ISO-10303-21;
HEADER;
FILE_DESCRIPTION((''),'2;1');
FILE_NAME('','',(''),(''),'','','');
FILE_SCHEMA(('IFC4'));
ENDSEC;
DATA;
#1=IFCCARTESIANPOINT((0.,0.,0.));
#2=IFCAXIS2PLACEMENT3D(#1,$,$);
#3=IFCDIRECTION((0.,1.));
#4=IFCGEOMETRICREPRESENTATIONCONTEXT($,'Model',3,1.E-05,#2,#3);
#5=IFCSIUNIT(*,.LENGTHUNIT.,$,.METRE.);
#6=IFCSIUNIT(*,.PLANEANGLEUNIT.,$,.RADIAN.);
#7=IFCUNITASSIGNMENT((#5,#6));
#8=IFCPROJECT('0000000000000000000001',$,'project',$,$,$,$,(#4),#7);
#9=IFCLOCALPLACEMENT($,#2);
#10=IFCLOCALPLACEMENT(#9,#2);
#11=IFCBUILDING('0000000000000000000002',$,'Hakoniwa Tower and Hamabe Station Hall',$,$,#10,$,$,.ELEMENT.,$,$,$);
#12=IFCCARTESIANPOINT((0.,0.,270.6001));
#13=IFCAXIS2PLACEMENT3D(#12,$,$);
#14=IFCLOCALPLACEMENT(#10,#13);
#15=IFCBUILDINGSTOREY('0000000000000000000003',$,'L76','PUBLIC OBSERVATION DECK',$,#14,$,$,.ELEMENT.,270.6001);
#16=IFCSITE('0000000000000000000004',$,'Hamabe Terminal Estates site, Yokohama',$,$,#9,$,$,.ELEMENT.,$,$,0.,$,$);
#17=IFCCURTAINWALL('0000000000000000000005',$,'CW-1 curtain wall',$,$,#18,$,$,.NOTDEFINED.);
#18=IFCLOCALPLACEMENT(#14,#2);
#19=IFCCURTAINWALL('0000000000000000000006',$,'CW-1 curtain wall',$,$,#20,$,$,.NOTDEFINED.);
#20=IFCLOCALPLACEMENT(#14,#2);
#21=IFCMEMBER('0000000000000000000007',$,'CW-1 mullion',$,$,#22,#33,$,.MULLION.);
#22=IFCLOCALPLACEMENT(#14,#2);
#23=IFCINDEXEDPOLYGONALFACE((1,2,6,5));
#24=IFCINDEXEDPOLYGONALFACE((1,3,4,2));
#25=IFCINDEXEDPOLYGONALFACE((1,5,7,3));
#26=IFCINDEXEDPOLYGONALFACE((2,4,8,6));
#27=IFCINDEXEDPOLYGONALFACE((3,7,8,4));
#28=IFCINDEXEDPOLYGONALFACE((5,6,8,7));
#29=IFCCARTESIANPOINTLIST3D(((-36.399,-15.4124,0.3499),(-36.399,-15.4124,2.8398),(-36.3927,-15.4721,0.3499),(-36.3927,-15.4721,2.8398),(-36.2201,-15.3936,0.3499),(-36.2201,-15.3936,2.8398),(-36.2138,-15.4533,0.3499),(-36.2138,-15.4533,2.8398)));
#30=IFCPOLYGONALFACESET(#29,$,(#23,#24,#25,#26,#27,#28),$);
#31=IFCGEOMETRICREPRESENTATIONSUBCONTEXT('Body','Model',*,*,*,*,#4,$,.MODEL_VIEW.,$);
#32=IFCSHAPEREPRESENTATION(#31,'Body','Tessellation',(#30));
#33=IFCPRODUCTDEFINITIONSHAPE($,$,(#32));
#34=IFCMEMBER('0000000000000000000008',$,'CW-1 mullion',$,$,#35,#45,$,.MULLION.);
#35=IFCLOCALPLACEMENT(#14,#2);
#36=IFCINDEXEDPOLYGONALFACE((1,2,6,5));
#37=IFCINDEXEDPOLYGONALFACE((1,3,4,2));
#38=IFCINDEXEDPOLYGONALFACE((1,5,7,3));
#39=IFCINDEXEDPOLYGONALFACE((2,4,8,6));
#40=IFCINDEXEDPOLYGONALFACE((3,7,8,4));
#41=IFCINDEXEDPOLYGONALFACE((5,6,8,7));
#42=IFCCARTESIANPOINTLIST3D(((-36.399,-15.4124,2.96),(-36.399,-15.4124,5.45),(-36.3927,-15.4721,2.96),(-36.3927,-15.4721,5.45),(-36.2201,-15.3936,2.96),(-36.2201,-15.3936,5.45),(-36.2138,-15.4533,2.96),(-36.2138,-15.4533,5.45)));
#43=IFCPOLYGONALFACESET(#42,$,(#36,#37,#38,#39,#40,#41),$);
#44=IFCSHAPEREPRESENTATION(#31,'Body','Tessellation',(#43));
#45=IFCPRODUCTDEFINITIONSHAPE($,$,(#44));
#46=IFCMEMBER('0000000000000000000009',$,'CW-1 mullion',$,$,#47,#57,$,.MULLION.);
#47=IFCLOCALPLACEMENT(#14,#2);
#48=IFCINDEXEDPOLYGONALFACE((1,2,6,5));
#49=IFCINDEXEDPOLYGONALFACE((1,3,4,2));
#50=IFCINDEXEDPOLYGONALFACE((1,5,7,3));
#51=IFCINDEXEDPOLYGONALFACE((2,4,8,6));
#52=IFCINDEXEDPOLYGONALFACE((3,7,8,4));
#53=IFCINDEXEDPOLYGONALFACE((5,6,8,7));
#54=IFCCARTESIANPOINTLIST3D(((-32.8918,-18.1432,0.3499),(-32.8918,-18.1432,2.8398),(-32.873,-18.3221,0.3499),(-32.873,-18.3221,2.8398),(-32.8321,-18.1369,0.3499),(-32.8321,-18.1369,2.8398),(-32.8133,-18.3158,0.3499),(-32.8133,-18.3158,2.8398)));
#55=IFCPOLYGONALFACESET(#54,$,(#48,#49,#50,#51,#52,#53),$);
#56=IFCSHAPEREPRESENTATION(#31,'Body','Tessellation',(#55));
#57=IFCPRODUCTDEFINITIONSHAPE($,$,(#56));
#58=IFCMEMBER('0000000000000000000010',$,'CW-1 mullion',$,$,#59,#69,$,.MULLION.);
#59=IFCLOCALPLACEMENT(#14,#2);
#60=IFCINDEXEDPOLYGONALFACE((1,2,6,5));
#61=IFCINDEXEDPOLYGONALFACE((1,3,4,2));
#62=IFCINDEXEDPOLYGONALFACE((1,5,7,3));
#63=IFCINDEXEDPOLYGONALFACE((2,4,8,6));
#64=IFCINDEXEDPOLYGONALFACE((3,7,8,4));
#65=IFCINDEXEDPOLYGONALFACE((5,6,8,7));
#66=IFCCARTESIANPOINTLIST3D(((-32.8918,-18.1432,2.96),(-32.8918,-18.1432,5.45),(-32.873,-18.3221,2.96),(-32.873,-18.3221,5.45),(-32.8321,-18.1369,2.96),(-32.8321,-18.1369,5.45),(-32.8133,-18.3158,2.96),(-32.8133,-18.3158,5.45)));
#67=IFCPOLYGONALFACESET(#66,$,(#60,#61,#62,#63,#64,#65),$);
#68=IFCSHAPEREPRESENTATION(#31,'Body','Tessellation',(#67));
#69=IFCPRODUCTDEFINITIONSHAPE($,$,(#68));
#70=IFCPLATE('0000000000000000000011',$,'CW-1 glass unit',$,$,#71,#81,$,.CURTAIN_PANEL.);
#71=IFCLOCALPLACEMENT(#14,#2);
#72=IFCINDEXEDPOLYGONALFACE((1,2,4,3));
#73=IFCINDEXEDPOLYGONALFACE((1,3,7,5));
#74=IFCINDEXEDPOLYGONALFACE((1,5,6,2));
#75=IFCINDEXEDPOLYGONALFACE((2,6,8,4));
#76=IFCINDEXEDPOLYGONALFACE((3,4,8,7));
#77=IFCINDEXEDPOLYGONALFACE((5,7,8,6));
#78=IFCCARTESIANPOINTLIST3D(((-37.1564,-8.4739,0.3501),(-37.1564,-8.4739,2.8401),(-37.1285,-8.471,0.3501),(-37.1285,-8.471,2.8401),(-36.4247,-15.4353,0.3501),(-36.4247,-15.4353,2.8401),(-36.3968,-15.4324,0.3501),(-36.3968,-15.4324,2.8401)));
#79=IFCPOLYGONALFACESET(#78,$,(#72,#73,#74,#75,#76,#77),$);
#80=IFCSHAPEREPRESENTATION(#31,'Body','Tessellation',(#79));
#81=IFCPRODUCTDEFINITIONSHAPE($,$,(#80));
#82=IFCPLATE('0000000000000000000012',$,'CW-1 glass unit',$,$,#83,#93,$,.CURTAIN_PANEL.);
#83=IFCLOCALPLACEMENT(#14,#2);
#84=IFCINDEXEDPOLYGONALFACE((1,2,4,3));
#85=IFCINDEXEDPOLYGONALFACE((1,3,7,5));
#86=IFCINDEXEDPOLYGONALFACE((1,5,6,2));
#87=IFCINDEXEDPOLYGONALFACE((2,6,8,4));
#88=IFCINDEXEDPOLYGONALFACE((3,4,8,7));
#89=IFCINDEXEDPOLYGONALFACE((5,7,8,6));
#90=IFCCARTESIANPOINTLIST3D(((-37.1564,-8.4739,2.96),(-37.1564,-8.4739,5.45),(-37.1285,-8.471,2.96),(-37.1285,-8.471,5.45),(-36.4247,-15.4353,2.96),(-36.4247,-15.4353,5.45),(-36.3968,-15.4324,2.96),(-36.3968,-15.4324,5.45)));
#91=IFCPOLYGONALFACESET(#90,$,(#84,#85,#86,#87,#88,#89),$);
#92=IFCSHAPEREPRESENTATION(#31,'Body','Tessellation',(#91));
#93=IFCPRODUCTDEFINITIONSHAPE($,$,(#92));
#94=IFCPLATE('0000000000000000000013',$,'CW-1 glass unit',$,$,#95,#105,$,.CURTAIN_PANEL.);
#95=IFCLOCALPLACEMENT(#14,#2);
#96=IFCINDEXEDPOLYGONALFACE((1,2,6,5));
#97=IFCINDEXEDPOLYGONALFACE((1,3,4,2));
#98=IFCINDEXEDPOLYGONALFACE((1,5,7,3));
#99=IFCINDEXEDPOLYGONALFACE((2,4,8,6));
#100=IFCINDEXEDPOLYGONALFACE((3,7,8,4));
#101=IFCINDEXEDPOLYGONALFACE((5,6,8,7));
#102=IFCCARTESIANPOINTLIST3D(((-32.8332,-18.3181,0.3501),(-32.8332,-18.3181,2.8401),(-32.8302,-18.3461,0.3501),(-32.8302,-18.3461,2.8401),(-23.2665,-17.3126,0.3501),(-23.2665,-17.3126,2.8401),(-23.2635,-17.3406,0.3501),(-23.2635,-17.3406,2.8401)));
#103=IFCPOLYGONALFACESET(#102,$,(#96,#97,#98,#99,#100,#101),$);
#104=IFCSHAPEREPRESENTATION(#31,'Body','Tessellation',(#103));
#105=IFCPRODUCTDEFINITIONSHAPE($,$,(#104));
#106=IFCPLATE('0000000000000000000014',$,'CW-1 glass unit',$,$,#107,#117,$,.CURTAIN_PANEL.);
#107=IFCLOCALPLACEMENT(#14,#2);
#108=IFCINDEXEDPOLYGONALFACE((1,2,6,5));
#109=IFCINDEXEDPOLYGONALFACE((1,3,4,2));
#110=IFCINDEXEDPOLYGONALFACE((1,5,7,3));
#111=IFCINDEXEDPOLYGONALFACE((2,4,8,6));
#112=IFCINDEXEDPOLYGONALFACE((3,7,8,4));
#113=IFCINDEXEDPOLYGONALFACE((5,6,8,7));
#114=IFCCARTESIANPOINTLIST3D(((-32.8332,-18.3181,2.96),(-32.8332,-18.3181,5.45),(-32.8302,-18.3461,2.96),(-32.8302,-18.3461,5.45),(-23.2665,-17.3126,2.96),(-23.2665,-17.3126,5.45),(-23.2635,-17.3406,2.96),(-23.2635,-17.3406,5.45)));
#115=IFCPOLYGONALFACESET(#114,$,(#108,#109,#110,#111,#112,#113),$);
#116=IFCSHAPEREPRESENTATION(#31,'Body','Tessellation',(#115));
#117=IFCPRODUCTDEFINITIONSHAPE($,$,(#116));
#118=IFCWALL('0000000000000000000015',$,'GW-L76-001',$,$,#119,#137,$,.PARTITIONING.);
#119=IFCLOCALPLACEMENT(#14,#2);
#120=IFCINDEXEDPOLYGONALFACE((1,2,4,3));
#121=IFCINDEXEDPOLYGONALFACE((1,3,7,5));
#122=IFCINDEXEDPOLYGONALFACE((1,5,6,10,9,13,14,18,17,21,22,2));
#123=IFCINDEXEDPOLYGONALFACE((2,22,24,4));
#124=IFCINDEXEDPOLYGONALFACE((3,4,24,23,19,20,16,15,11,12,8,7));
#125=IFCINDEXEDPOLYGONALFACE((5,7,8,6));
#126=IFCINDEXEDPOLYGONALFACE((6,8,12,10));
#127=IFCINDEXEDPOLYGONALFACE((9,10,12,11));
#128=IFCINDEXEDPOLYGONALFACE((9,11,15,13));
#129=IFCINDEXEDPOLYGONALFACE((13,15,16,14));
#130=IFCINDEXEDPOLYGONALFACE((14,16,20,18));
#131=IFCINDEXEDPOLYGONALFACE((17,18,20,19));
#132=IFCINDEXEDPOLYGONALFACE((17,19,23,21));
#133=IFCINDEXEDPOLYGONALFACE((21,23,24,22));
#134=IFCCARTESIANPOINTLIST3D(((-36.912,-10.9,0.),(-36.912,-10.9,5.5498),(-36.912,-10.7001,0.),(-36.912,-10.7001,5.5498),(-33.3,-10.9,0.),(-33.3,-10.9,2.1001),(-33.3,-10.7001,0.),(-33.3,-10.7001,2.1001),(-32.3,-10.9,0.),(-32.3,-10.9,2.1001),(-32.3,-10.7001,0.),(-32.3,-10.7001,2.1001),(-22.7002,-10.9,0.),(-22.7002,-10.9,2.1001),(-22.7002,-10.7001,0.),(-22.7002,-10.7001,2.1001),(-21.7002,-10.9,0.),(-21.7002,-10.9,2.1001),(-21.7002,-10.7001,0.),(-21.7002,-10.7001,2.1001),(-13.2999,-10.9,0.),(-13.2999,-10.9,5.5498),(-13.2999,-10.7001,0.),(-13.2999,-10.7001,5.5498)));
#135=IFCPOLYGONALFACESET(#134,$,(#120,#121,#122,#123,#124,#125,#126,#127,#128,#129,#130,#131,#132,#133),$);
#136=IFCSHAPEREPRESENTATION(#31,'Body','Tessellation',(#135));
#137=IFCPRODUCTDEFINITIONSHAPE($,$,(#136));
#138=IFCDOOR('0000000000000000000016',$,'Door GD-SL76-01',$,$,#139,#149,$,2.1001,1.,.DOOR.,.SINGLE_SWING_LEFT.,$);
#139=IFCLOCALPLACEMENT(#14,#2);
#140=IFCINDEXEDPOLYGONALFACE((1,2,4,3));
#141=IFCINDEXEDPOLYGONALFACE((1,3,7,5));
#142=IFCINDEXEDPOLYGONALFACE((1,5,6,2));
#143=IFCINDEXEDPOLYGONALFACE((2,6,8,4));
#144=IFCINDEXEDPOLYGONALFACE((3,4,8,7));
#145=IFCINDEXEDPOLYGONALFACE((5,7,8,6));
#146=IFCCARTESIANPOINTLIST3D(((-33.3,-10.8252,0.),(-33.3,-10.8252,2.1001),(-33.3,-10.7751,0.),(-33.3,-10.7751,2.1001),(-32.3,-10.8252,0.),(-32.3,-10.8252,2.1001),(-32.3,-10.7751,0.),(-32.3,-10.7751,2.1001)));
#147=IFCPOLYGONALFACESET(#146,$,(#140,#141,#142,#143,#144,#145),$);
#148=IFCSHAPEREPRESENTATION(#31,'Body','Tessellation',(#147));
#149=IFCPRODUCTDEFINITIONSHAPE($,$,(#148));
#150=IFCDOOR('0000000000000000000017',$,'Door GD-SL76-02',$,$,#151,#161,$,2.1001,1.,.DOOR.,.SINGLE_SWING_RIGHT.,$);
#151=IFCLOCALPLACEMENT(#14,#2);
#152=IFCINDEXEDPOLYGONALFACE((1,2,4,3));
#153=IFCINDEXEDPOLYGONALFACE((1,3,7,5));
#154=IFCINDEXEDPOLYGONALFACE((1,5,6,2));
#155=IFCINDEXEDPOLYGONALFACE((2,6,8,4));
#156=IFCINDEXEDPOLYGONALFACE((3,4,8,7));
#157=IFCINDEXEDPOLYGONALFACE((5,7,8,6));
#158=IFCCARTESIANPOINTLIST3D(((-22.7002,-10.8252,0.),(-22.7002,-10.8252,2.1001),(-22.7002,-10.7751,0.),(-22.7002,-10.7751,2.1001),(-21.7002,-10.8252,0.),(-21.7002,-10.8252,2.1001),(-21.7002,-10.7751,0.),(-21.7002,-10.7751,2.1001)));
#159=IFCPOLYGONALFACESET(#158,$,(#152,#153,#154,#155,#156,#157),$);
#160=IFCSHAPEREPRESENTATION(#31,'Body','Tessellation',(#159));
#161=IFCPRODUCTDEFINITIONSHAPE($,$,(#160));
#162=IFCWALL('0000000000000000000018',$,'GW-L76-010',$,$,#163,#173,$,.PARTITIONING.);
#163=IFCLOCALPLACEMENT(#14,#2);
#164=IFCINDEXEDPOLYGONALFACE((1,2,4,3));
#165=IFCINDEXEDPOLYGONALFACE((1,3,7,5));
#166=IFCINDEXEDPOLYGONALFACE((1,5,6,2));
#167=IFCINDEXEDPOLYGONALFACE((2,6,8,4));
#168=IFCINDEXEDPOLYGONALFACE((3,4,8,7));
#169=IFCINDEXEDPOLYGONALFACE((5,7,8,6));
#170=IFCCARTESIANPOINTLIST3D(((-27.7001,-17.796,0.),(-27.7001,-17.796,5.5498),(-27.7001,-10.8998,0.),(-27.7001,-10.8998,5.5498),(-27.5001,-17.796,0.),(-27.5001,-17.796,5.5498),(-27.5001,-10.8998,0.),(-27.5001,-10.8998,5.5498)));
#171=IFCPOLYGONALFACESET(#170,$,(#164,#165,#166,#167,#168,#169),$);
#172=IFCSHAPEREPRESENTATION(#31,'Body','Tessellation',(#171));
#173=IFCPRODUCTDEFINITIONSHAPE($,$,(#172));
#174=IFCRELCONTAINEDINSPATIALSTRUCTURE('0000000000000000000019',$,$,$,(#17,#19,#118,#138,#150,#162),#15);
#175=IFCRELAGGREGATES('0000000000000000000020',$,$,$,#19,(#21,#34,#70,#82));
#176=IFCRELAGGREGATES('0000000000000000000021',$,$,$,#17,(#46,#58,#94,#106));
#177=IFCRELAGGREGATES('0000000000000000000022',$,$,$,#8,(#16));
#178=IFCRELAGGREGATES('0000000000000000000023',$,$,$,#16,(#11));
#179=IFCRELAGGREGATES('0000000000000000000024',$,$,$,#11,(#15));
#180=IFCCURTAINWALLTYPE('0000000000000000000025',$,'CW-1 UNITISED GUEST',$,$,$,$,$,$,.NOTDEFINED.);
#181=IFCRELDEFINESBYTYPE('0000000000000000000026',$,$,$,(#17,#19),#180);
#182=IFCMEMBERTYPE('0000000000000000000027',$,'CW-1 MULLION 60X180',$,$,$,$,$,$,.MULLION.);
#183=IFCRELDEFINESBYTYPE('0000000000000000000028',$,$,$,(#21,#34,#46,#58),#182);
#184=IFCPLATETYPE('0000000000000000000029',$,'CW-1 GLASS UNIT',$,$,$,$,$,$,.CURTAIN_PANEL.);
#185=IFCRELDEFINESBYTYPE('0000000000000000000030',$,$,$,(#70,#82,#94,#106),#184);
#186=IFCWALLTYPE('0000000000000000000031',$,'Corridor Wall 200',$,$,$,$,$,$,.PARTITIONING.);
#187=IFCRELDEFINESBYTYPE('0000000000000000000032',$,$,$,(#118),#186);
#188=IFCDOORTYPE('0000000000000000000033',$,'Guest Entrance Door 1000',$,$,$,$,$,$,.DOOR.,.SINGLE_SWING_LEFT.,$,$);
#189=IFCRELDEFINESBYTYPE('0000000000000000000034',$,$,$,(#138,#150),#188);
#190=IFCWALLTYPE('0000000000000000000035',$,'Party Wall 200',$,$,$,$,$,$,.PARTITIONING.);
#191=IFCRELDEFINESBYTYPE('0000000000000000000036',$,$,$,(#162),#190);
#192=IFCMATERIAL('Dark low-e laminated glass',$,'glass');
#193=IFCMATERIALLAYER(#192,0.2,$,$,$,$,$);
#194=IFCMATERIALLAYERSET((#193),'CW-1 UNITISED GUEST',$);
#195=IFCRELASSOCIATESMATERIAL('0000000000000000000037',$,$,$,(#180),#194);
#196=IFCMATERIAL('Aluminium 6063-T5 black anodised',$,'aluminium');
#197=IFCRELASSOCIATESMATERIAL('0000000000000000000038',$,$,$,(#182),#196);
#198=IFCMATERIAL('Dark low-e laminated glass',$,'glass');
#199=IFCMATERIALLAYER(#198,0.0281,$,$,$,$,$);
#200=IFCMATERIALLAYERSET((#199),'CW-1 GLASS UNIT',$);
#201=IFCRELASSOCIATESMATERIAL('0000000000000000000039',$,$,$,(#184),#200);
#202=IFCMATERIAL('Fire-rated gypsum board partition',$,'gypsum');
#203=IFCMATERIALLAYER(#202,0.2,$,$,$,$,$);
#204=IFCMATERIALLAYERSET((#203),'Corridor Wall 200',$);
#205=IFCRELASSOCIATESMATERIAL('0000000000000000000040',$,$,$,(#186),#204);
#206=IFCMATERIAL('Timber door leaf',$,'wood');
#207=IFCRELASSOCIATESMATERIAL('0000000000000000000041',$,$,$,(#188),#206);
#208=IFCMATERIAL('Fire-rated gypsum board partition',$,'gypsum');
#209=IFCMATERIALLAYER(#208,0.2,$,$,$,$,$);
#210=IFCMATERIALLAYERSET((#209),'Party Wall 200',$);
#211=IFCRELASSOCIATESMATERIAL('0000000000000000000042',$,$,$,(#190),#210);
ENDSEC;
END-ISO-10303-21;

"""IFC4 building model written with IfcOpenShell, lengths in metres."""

from ifc_helpers import new_model, si_unit, direction, frame, frame_2d, origin, origin_2d, place, context, subcontext, project, spatial, rectangle, extrude, material, layer, layer_set, material_profile, profile_set, type_object, element, fill, aggregate, save


model = new_model("IFC4")

# Units and contexts
model_context = context("Model", 3, precision=1e-05, world=origin(), true_north=direction((0.0, 1.0)))
body_context = subcontext(model_context, "Body", "Model", "MODEL_VIEW")
ifc_project = project(units=[si_unit("LENGTHUNIT", "METRE"), si_unit("PLANEANGLEUNIT", "RADIAN")], contexts=[model_context])

# Site, building, storey
site_placement = place(None, origin())
site = spatial("IfcSite", under=ifc_project, at=site_placement, Name="Hamabe Terminal Estates site, Yokohama", CompositionType="ELEMENT", RefElevation=0.0)
building_placement = place(site_placement, origin())
building = spatial("IfcBuilding", under=site, at=building_placement, Name="Hakoniwa Tower and Hamabe Station Hall", CompositionType="ELEMENT")
storey_placement = place(building_placement, frame((0.0, 0.0, 270.6001)))
storey = spatial("IfcBuildingStorey", under=building, at=storey_placement, Name="L76", Description="PUBLIC OBSERVATION DECK", CompositionType="ELEMENT", Elevation=270.6001)

# Curtain walls, members
ifc_material_1 = material(Name="Dark low-e laminated glass", Category="glass")
ifc_layer_1 = layer(ifc_material_1, 0.2)
ifc_layer_set_1 = layer_set([ifc_layer_1], Name="CW-1 UNITISED GUEST")
curtain_wall_type = type_object("IfcCurtainWallType", Name="CW-1 UNITISED GUEST", PredefinedType="NOTDEFINED", material=ifc_layer_set_1)
curtain_wall_1_placement = place(storey_placement, origin())
curtain_wall_1 = element("IfcCurtainWall", 1, at=curtain_wall_1_placement, inside=storey, type_object=curtain_wall_type, Name="CW-1 curtain wall", PredefinedType="NOTDEFINED")
curtain_wall_2_placement = place(storey_placement, origin())
curtain_wall_2 = element("IfcCurtainWall", 2, at=curtain_wall_2_placement, inside=storey, type_object=curtain_wall_type, Name="CW-1 curtain wall", PredefinedType="NOTDEFINED")
ifc_material_2 = material(Name="Aluminium 6063-T5 black anodised", Category="aluminium")
ifc_material_profile_1 = material_profile(ifc_material_2, rectangle(XDim=0.0601, YDim=0.1799, at=origin_2d()), Name="CW-1 MULLION 60X180")
ifc_profile_set_1 = profile_set([ifc_material_profile_1], Name="Aluminium 6063-T5 black anodised")
member_type_1 = type_object("IfcMemberType", Name="CW-1 MULLION 60X180", PredefinedType="MULLION", material=ifc_profile_set_1)
member_1_placement = place(storey_placement, frame((-36.3064, -15.4329, 0.3499), z_axis=(0.0, 0.0, 1.0), x_axis=(0.104528, -0.994522, 0.0)))
member_1 = element("IfcMember", 3, at=member_1_placement, type_object=member_type_1, Name="CW-1 mullion", PredefinedType="MULLION", context=body_context, shape_type="SweptSolid", body=[
    extrude(rectangle(XDim=0.0601, YDim=0.1799, at=origin_2d()), origin(), (0.0, 0.0, 1.0), 2.49),
])
member_2_placement = place(storey_placement, frame((-36.3064, -15.4329, 2.96), z_axis=(0.0, 0.0, 1.0), x_axis=(0.104528, -0.994522, 0.0)))
member_2 = element("IfcMember", 4, at=member_2_placement, type_object=member_type_1, Name="CW-1 mullion", PredefinedType="MULLION", context=body_context, shape_type="SweptSolid", body=[
    extrude(rectangle(XDim=0.0601, YDim=0.1799, at=origin_2d()), origin(), (0.0, 0.0, 1.0), 2.49),
])

# Members
member_3_placement = place(storey_placement, frame((-32.8525, -18.2295, 0.3499), z_axis=(0.0, 0.0, 1.0), x_axis=(0.994522, 0.104528, 0.0)))
member_3 = element("IfcMember", 5, at=member_3_placement, type_object=member_type_1, Name="CW-1 mullion", PredefinedType="MULLION", context=body_context, shape_type="SweptSolid", body=[
    extrude(rectangle(XDim=0.0601, YDim=0.1799, at=origin_2d()), origin(), (0.0, 0.0, 1.0), 2.49),
])
member_4_placement = place(storey_placement, frame((-32.8525, -18.2295, 2.96), z_axis=(0.0, 0.0, 1.0), x_axis=(0.994522, 0.104528, 0.0)))
member_4 = element("IfcMember", 6, at=member_4_placement, type_object=member_type_1, Name="CW-1 mullion", PredefinedType="MULLION", context=body_context, shape_type="SweptSolid", body=[
    extrude(rectangle(XDim=0.0601, YDim=0.1799, at=origin_2d()), origin(), (0.0, 0.0, 1.0), 2.49),
])

# Plates
ifc_material_3 = material(Name="Dark low-e laminated glass", Category="glass")
ifc_layer_2 = layer(ifc_material_3, 0.0281)
ifc_layer_set_2 = layer_set([ifc_layer_2], Name="CW-1 GLASS UNIT")
plate_type = type_object("IfcPlateType", Name="CW-1 GLASS UNIT", PredefinedType="CURTAIN_PANEL", material=ifc_layer_set_2)
plate_1_placement = place(storey_placement, frame((-36.7766, -11.9531, 0.3501), z_axis=(0.0, 0.0, 1.0), x_axis=(0.104528, -0.994522, 0.0)))
plate_1 = element("IfcPlate", 7, at=plate_1_placement, type_object=plate_type, Name="CW-1 glass unit", PredefinedType="CURTAIN_PANEL", context=body_context, shape_type="SweptSolid", body=[
    extrude(rectangle(XDim=6.9998, YDim=0.0281, at=origin_2d()), origin(), (0.0, 0.0, 1.0), 2.49),
])
plate_2_placement = place(storey_placement, frame((-36.7766, -11.9531, 2.96), z_axis=(0.0, 0.0, 1.0), x_axis=(0.104528, -0.994522, 0.0)))
plate_2 = element("IfcPlate", 8, at=plate_2_placement, type_object=plate_type, Name="CW-1 glass unit", PredefinedType="CURTAIN_PANEL", context=body_context, shape_type="SweptSolid", body=[
    extrude(rectangle(XDim=6.9998, YDim=0.0281, at=origin_2d()), origin(), (0.0, 0.0, 1.0), 2.49),
])
aggregate(curtain_wall_2, [member_1, member_2, plate_1, plate_2])
plate_3_placement = place(storey_placement, frame((-28.0483, -17.8293, 0.3501), z_axis=(0.0, 0.0, 1.0), x_axis=(0.994522, 0.104528, 0.0)))
plate_3 = element("IfcPlate", 9, at=plate_3_placement, type_object=plate_type, Name="CW-1 glass unit", PredefinedType="CURTAIN_PANEL", context=body_context, shape_type="SweptSolid", body=[
    extrude(rectangle(XDim=9.6194, YDim=0.0281, at=origin_2d()), origin(), (0.0, 0.0, 1.0), 2.49),
])
plate_4_placement = place(storey_placement, frame((-28.0483, -17.8293, 2.96), z_axis=(0.0, 0.0, 1.0), x_axis=(0.994522, 0.104528, 0.0)))
plate_4 = element("IfcPlate", 10, at=plate_4_placement, type_object=plate_type, Name="CW-1 glass unit", PredefinedType="CURTAIN_PANEL", context=body_context, shape_type="SweptSolid", body=[
    extrude(rectangle(XDim=9.6194, YDim=0.0281, at=origin_2d()), origin(), (0.0, 0.0, 1.0), 2.49),
])
aggregate(curtain_wall_1, [member_3, member_4, plate_3, plate_4])

# Wall, openings, doors
ifc_material_4 = material(Name="Fire-rated gypsum board partition", Category="gypsum")
ifc_layer_3 = layer(ifc_material_4, 0.2)
ifc_layer_set_3 = layer_set([ifc_layer_3], Name="Corridor Wall 200")
wall_type_1 = type_object("IfcWallType", Name="Corridor Wall 200", PredefinedType="PARTITIONING", material=ifc_layer_set_3)
wall_1_placement = place(storey_placement, frame((-36.9121, -10.8, 0.0), z_axis=(0.0, 0.0, 1.0), x_axis=(1.0, 0.0, 0.0)))
wall_1 = element("IfcWall", 11, at=wall_1_placement, inside=storey, type_object=wall_type_1, Name="GW-L76-001", PredefinedType="PARTITIONING", context=body_context, shape_type="SweptSolid", body=[
    extrude(rectangle(XDim=23.6121, YDim=0.2, at=frame_2d((11.8062, 0.0))), origin(), (0.0, 0.0, 1.0), 5.5498),
])
opening_1_placement = place(wall_1_placement, frame((3.6121, 0.0, 0.0)))
opening_1 = element("IfcOpeningElement", 12, at=opening_1_placement, cuts=wall_1, PredefinedType="OPENING", context=body_context, shape_type="SweptSolid", body=[
    extrude(rectangle(XDim=1.0, YDim=2.1001, at=frame_2d((0.5, 1.05))), frame((0.0, 0.1099, 0.0), z_axis=(0.0, -1.0, 0.0), x_axis=(1.0, 0.0, 0.0)), (0.0, 0.0, 1.0), 0.22),
])
opening_2_placement = place(wall_1_placement, frame((14.2119, 0.0, 0.0)))
opening_2 = element("IfcOpeningElement", 13, at=opening_2_placement, cuts=wall_1, PredefinedType="OPENING", context=body_context, shape_type="SweptSolid", body=[
    extrude(rectangle(XDim=1.0, YDim=2.1001, at=frame_2d((0.5, 1.05))), frame((0.0, 0.1099, 0.0), z_axis=(0.0, -1.0, 0.0), x_axis=(1.0, 0.0, 0.0)), (0.0, 0.0, 1.0), 0.22),
])
ifc_material_5 = material(Name="Timber door leaf", Category="wood")
door_type = type_object("IfcDoorType", Name="Guest Entrance Door 1000", OperationType="SINGLE_SWING_LEFT", PredefinedType="DOOR", material=ifc_material_5)
door_1_placement = place(opening_1_placement, origin())
door_1 = element("IfcDoor", 14, at=door_1_placement, inside=storey, type_object=door_type, Name="Door GD-SL76-01", OperationType="SINGLE_SWING_LEFT", OverallHeight=2.1001, OverallWidth=1.0, PredefinedType="DOOR", context=body_context, shape_type="SweptSolid", body=[
    extrude(rectangle(XDim=1.0, YDim=2.1001, at=frame_2d((0.5, 1.05))), frame((0.0, 0.0249, 0.0), z_axis=(0.0, -1.0, 0.0), x_axis=(1.0, 0.0, 0.0)), (0.0, 0.0, 1.0), 0.05),
])
fill(opening_1, door_1)
door_2_placement = place(opening_2_placement, origin())
door_2 = element("IfcDoor", 15, at=door_2_placement, inside=storey, type_object=door_type, Name="Door GD-SL76-02", OperationType="SINGLE_SWING_RIGHT", OverallHeight=2.1001, OverallWidth=1.0, PredefinedType="DOOR", context=body_context, shape_type="SweptSolid", body=[
    extrude(rectangle(XDim=1.0, YDim=2.1001, at=frame_2d((0.5, 1.05))), frame((0.0, 0.0249, 0.0), z_axis=(0.0, -1.0, 0.0), x_axis=(1.0, 0.0, 0.0)), (0.0, 0.0, 1.0), 0.05),
])
fill(opening_2, door_2)

# Wall
ifc_material_6 = material(Name="Fire-rated gypsum board partition", Category="gypsum")
ifc_layer_4 = layer(ifc_material_6, 0.2)
ifc_layer_set_4 = layer_set([ifc_layer_4], Name="Party Wall 200")
wall_type_2 = type_object("IfcWallType", Name="Party Wall 200", PredefinedType="PARTITIONING", material=ifc_layer_set_4)
wall_2_placement = place(storey_placement, frame((-27.6001, -17.7961, 0.0), z_axis=(0.0, 0.0, 1.0), x_axis=(0.0, 1.0, 0.0)))
element("IfcWall", 16, at=wall_2_placement, inside=storey, type_object=wall_type_2, Name="GW-L76-010", PredefinedType="PARTITIONING", context=body_context, shape_type="SweptSolid", body=[
    extrude(rectangle(XDim=6.8962, YDim=0.2, at=frame_2d((3.4482, 0.0))), origin(), (0.0, 0.0, 1.0), 5.5498),
])

save(model, "model.ifc")
